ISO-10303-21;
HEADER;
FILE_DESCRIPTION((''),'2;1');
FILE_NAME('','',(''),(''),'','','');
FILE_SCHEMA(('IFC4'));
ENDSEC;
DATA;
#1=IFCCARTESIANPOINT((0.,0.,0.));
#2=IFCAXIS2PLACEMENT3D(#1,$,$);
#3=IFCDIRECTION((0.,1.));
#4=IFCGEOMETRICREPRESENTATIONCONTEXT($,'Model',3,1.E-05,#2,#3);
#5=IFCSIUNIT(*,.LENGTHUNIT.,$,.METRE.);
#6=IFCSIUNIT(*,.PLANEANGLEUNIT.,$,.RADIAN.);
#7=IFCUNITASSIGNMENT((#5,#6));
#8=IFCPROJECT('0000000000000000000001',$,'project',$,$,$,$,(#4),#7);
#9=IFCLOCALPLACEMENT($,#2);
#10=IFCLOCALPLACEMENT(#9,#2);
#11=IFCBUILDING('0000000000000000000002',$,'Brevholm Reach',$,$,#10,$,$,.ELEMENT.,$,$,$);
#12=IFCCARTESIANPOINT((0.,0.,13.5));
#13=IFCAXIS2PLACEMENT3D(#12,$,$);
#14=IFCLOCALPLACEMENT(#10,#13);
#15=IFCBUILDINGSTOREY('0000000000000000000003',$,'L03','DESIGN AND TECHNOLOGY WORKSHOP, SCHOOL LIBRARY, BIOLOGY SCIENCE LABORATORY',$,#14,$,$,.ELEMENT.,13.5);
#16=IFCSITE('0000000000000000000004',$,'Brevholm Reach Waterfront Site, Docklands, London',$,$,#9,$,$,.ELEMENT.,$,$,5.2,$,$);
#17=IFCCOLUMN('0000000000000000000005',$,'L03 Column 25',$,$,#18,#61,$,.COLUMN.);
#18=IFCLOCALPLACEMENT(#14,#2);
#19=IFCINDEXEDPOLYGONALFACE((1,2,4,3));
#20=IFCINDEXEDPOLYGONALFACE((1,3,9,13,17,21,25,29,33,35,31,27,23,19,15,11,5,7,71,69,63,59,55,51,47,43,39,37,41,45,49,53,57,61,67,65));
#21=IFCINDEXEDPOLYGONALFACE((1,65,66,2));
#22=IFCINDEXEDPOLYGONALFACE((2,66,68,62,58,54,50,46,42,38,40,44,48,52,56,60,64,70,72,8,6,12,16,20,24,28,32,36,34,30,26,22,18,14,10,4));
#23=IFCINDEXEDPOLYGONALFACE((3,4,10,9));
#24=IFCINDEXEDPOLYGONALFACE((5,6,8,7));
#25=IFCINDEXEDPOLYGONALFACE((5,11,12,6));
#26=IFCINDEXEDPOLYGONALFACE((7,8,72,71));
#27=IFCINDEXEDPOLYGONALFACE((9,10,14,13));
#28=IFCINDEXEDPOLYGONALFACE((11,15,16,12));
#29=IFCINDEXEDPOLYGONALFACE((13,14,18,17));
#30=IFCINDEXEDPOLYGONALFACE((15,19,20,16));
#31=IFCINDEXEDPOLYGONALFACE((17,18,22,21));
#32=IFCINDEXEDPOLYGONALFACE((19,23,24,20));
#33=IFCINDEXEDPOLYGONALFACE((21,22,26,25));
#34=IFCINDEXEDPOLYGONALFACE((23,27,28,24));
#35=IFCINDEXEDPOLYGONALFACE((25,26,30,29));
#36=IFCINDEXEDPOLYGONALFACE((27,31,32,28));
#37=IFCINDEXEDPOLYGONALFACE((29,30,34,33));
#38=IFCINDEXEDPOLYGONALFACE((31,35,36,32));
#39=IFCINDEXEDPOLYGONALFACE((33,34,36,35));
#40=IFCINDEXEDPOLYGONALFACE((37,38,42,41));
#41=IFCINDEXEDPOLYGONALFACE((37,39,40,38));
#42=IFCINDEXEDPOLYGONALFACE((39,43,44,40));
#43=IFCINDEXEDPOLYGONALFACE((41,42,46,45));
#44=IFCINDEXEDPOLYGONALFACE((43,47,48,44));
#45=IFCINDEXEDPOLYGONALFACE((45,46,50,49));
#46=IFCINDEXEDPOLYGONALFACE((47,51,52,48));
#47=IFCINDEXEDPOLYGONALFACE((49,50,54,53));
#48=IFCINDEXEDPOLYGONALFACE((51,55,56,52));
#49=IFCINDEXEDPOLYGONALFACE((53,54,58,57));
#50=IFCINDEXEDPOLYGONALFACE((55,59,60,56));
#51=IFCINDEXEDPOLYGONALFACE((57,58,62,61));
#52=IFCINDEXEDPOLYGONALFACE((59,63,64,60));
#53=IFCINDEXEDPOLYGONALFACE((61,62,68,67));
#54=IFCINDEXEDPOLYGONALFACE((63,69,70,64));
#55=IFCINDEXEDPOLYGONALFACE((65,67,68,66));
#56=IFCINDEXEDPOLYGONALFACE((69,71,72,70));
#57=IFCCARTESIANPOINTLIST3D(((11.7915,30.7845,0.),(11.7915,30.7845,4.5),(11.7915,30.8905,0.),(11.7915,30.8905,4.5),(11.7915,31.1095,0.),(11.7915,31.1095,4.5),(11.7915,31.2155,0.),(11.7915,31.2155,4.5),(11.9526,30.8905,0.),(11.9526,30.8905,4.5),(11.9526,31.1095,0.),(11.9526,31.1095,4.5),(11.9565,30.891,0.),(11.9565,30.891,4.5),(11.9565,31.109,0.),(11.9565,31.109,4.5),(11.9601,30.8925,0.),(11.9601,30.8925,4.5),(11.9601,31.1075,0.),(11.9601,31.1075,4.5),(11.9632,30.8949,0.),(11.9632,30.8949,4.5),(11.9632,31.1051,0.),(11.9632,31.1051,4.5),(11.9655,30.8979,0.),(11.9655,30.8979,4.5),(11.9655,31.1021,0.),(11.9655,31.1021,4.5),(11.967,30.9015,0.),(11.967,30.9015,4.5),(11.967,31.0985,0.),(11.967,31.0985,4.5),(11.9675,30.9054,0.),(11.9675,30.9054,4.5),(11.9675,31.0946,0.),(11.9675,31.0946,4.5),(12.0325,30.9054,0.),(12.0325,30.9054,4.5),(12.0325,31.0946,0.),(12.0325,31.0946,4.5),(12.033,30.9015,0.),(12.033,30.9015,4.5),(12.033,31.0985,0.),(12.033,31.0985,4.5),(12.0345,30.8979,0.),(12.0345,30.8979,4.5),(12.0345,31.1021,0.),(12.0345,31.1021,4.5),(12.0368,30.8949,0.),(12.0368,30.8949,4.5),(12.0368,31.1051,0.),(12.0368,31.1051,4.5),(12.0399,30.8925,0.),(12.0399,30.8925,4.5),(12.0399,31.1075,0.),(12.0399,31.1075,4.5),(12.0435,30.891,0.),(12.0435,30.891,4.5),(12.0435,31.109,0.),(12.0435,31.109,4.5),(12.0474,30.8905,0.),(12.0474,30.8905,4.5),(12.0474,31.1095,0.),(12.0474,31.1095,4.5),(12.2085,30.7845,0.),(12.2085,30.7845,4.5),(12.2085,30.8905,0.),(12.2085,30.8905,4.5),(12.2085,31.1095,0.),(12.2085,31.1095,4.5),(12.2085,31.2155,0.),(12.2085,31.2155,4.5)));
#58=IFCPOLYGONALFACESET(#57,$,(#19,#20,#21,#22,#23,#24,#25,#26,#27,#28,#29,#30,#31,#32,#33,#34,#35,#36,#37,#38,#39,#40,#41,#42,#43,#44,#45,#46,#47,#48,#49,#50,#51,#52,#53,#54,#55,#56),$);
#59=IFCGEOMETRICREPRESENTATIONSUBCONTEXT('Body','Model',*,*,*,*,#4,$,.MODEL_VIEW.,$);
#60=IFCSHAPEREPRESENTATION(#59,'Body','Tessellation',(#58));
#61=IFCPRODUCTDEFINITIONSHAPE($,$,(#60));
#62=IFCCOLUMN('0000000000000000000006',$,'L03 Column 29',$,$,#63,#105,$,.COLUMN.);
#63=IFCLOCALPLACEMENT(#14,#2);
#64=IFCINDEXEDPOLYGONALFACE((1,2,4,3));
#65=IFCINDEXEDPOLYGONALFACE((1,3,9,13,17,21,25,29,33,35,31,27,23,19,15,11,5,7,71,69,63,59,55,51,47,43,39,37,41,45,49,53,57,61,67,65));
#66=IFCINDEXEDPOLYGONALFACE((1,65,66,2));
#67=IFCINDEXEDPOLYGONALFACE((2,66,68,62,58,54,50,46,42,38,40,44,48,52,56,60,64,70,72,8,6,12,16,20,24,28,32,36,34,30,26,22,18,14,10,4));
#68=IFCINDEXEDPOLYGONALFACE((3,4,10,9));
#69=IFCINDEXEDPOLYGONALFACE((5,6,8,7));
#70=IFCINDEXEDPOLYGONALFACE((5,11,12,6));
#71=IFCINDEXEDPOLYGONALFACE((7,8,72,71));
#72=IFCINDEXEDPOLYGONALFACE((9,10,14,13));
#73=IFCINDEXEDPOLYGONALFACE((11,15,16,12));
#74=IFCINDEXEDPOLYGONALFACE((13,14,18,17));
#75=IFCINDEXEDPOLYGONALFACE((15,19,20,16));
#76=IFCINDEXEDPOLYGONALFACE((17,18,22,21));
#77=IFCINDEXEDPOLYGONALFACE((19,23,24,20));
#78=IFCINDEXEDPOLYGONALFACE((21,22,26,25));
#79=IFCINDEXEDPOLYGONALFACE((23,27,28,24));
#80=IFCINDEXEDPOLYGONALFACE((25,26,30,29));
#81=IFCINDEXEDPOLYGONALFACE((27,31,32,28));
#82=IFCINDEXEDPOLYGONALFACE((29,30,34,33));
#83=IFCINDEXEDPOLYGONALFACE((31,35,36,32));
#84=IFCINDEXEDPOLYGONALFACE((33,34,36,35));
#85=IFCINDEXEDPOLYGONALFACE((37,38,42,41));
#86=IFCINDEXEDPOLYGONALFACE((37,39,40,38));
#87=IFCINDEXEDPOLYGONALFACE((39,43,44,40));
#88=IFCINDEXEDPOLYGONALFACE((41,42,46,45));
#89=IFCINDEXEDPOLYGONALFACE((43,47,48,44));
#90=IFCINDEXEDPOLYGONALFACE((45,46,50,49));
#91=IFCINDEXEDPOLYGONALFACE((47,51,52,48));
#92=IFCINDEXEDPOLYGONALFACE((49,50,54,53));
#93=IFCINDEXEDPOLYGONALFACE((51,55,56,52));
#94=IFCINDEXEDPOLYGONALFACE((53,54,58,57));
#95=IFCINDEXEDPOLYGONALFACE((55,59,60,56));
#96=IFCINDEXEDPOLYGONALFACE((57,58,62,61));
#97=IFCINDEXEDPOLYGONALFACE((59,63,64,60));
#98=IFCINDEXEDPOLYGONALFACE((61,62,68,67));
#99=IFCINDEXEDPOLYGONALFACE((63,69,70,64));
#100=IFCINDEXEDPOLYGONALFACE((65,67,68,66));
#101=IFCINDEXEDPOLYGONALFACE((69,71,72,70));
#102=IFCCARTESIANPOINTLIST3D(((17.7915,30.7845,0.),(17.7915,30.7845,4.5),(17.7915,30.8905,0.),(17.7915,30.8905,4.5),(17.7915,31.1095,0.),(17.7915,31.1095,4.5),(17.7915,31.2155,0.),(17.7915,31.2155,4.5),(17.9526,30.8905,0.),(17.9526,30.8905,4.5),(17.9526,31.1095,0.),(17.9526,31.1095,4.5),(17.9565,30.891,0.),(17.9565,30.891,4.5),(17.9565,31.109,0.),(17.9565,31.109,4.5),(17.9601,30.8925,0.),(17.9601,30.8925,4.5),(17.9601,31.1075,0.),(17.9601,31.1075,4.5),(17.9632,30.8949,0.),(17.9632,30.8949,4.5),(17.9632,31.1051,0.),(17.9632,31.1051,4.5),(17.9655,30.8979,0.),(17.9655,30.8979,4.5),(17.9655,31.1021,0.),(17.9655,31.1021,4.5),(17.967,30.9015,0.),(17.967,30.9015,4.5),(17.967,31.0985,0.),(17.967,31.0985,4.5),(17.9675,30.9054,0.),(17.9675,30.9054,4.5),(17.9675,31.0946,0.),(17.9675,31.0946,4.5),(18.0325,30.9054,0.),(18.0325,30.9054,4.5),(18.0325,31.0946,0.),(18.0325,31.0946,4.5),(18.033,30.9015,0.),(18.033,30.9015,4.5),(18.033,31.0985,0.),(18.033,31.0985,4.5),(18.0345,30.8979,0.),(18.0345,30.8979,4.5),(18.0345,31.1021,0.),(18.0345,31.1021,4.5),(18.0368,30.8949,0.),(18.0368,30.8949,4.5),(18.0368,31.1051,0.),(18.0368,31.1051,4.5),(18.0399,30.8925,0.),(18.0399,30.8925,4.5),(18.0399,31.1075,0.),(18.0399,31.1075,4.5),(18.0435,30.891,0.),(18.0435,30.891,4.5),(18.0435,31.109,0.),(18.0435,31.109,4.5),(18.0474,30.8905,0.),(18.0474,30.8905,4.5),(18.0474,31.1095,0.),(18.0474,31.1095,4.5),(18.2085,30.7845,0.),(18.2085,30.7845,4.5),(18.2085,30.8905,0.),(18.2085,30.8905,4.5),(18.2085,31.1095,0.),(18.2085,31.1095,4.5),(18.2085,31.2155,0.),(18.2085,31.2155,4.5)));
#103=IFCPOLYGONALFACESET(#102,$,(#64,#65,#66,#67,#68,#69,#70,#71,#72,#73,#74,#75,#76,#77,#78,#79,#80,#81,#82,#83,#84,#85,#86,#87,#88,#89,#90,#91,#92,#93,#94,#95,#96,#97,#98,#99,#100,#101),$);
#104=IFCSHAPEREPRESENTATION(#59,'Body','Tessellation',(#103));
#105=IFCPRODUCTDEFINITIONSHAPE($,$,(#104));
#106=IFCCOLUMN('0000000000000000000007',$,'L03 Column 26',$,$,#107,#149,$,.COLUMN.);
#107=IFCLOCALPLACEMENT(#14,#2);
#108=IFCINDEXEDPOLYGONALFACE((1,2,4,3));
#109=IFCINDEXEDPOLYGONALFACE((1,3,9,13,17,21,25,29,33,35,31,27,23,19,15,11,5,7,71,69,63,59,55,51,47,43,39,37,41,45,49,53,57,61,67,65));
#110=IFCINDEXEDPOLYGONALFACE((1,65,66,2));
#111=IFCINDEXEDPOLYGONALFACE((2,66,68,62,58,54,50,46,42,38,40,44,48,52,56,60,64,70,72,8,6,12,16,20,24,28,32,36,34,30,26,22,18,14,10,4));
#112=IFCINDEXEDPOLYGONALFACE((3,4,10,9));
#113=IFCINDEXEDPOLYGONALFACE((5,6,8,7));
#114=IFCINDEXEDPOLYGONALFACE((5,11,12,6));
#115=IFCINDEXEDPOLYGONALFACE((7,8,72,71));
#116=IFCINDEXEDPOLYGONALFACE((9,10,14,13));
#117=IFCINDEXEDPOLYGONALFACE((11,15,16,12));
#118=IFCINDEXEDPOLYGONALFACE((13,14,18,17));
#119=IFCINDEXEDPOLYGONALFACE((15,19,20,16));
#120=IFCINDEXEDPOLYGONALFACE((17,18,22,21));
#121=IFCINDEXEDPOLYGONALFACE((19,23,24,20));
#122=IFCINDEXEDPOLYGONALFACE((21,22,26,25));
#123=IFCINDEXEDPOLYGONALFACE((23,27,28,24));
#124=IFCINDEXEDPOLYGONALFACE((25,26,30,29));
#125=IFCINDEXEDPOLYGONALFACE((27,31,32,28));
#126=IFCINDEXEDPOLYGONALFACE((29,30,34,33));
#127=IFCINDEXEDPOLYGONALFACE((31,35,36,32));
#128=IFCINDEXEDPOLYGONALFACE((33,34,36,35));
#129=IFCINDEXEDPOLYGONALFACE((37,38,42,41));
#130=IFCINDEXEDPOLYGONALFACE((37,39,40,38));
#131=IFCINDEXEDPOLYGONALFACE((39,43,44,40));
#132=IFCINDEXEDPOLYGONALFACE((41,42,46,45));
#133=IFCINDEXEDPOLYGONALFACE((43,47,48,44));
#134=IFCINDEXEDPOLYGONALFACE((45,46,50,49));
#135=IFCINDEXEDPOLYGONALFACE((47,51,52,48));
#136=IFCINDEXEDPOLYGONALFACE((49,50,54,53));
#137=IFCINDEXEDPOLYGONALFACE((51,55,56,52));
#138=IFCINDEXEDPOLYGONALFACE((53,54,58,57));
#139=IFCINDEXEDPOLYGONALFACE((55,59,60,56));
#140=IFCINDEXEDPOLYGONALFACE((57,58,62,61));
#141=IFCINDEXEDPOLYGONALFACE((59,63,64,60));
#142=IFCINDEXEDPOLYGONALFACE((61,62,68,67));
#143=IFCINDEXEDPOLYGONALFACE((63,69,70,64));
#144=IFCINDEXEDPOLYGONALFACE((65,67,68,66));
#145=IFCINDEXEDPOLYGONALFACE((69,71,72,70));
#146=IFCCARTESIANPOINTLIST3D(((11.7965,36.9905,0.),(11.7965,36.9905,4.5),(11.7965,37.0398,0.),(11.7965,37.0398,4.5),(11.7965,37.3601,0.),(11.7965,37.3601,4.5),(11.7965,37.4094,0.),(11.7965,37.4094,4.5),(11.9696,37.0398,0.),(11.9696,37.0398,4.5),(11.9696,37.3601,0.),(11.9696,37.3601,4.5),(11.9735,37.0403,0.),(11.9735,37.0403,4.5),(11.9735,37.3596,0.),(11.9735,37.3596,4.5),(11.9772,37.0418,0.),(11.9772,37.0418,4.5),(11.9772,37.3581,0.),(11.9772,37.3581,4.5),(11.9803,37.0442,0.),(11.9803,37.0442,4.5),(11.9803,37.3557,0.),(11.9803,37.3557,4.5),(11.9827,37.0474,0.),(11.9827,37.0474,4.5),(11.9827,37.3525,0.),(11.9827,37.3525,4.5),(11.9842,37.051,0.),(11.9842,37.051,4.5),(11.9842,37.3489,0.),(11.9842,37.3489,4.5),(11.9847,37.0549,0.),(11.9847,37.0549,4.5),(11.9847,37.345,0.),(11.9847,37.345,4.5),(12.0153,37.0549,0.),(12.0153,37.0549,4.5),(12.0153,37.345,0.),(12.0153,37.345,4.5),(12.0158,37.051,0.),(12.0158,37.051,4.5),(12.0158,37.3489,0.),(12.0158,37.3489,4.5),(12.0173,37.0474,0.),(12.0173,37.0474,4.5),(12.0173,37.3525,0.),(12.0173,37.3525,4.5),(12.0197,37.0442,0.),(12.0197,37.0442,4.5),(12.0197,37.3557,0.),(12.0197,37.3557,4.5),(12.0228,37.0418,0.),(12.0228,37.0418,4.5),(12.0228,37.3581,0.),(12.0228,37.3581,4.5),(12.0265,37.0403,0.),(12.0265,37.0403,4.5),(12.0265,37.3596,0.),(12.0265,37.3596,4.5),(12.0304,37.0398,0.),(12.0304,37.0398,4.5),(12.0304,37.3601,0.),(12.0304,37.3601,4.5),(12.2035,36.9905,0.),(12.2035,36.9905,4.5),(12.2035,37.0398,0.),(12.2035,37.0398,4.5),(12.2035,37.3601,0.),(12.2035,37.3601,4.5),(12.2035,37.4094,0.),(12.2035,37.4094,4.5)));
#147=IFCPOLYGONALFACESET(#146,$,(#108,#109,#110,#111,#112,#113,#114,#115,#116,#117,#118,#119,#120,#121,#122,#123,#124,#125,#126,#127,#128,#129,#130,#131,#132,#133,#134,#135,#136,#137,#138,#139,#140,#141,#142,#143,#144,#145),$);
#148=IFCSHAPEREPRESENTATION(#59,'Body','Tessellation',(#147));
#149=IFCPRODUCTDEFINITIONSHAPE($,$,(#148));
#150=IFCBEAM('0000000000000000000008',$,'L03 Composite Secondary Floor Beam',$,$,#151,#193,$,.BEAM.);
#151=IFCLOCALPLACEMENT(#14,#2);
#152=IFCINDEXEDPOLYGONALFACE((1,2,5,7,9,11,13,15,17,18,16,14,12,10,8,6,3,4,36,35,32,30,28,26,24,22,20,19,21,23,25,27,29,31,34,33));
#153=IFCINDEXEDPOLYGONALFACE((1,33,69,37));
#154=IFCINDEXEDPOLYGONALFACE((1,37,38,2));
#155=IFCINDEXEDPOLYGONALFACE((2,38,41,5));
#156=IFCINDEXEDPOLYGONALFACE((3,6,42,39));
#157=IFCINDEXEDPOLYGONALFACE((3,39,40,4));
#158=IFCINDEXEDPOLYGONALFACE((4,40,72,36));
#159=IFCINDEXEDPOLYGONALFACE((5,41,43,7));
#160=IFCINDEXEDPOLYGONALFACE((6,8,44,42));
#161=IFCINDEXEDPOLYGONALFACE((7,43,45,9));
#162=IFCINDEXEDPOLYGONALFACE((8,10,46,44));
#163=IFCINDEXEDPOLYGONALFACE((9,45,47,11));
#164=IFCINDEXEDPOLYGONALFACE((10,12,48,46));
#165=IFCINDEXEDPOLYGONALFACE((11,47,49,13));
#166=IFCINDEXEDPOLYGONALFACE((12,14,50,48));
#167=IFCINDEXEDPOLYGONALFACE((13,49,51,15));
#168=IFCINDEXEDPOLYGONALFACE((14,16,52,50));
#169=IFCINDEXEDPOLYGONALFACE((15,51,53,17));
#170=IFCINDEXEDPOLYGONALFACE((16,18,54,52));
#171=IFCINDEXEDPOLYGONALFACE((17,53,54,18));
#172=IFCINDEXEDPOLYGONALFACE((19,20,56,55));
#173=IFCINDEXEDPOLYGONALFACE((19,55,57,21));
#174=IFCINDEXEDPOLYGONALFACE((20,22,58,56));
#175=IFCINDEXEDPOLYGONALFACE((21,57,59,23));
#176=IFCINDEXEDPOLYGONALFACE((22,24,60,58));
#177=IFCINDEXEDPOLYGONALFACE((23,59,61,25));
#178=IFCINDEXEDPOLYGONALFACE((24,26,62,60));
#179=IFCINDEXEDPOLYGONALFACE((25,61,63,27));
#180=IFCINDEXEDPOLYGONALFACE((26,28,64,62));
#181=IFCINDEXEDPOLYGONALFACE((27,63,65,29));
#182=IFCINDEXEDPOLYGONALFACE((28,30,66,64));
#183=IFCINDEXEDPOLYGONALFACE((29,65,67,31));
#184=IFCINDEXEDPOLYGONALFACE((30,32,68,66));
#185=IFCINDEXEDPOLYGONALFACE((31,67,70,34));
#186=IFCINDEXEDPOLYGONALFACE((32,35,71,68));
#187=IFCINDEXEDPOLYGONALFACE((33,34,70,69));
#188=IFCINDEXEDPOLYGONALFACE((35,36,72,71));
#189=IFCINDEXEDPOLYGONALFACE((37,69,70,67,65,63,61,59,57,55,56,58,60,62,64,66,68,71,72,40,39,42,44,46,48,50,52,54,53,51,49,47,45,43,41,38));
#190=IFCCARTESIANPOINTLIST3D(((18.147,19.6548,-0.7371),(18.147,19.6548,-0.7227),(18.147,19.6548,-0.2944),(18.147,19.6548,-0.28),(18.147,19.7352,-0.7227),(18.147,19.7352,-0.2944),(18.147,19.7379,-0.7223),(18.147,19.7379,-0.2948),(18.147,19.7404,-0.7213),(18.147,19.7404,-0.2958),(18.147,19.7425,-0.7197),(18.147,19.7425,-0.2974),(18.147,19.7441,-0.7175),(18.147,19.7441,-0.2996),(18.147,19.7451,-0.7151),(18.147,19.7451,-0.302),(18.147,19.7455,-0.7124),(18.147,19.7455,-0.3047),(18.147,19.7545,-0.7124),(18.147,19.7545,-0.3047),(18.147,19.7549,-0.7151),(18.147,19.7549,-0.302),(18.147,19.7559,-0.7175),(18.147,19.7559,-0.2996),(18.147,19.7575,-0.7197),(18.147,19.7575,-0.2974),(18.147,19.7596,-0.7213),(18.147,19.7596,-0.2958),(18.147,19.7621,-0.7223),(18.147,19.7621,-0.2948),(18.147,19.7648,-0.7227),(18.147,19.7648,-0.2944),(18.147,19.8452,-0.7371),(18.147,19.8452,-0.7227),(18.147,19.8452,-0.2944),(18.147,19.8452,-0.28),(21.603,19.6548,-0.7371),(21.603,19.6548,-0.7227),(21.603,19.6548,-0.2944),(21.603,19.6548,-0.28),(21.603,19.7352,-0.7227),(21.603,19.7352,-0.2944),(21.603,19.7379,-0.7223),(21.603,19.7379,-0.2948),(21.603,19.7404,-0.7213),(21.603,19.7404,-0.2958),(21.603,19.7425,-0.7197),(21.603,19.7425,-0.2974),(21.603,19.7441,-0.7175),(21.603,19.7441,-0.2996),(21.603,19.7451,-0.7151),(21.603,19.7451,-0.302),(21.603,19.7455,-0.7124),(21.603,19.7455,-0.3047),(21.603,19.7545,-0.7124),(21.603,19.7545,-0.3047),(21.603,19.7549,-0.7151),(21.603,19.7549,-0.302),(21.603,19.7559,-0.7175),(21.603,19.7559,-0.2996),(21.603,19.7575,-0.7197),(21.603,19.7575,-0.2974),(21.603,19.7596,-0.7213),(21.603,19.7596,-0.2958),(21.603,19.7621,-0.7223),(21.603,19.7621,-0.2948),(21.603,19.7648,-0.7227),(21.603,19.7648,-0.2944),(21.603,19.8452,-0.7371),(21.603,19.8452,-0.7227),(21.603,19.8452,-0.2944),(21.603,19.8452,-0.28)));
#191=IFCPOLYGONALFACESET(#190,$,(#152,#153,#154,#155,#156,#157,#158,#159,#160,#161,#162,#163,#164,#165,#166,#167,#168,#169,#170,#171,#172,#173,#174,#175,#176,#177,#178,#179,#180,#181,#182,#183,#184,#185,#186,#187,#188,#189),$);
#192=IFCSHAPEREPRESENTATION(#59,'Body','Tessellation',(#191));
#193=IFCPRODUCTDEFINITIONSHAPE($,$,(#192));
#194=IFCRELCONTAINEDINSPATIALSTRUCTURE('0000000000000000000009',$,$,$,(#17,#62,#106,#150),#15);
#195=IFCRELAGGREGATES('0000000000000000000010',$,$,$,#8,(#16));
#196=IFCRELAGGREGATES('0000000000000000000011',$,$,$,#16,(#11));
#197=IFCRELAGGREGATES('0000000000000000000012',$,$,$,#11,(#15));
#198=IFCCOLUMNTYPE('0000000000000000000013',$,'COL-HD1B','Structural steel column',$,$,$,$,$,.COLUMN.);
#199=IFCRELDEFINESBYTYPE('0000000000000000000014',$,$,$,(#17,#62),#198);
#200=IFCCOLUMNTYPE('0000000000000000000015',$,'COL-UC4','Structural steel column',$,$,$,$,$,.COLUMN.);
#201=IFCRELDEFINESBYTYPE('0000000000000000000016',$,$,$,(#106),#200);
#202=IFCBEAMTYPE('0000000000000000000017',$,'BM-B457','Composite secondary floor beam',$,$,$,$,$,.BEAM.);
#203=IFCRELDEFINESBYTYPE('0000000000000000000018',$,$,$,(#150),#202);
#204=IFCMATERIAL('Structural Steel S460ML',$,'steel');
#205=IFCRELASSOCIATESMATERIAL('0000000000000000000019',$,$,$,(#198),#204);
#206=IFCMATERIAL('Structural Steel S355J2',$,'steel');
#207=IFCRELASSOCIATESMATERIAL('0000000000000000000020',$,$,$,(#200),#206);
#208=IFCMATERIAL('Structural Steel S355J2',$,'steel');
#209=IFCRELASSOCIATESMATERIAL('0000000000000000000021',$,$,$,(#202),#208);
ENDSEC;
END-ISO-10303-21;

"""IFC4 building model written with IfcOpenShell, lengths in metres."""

from ifc_helpers import new_model, si_unit, direction, frame, origin, origin_2d, place, context, subcontext, project, spatial, i_section, extrude, material, material_profile, profile_set, type_object, element, save


model = new_model("IFC4")

# Units and contexts
model_context = context("Model", 3, precision=1e-05, world=origin(), true_north=direction((0.0, 1.0)))
body_context = subcontext(model_context, "Body", "Model", "MODEL_VIEW")
ifc_project = project(units=[si_unit("LENGTHUNIT", "METRE"), si_unit("PLANEANGLEUNIT", "RADIAN")], contexts=[model_context])

# Site, building, storey
site_placement = place(None, origin())
site = spatial("IfcSite", under=ifc_project, at=site_placement, Name="Brevholm Reach Waterfront Site, Docklands, London", CompositionType="ELEMENT", RefElevation=5.2)
building_placement = place(site_placement, origin())
building = spatial("IfcBuilding", under=site, at=building_placement, Name="Brevholm Reach", CompositionType="ELEMENT")
storey_placement = place(building_placement, frame((0.0, 0.0, 13.5)))
storey = spatial("IfcBuildingStorey", under=building, at=storey_placement, Name="L03", Description="DESIGN AND TECHNOLOGY WORKSHOP, SCHOOL LIBRARY, BIOLOGY SCIENCE LABORATORY", CompositionType="ELEMENT", Elevation=13.5)

# Columns
ifc_material_1 = material(Name="Structural Steel S460ML", Category="steel")
ifc_material_profile_1 = material_profile(ifc_material_1, i_section(OverallWidth=0.417, OverallDepth=0.4309, WebThickness=0.0649, FlangeThickness=0.106, FilletRadius=0.0149, at=origin_2d()), Name="HD 400x900")
ifc_profile_set_1 = profile_set([ifc_material_profile_1], Name="Structural Steel S460ML")
column_type_1 = type_object("IfcColumnType", Name="COL-HD1B", Description="Structural steel column", PredefinedType="COLUMN", material=ifc_profile_set_1)
for number, where, z_axis, x_axis, name in (
    (1, (12.0, 31.0, 0.0), (0.0, 0.0, 1.0), (1.0, 0.0, 0.0), "L03 Column 25"),
    (2, (18.0, 31.0, 0.0), (0.0, 0.0, 1.0), (1.0, 0.0, 0.0), "L03 Column 29"),
):
    element("IfcColumn", number, at=place(storey_placement, frame(where, z_axis=z_axis, x_axis=x_axis)), inside=storey, type_object=column_type_1, Name=name, PredefinedType="COLUMN", context=body_context, shape_type="SweptSolid", body=[
        extrude(i_section(OverallWidth=0.417, OverallDepth=0.4309, WebThickness=0.0649, FlangeThickness=0.106, FilletRadius=0.0149, at=origin_2d()), origin(), (0.0, 0.0, 1.0), 4.5),
    ])
ifc_material_2 = material(Name="Structural Steel S355J2", Category="steel")
ifc_material_profile_2 = material_profile(ifc_material_2, i_section(OverallWidth=0.407, OverallDepth=0.4189, WebThickness=0.0305, FlangeThickness=0.0493, FilletRadius=0.0151, at=origin_2d()), Name="UKC 356x406x393")
ifc_profile_set_2 = profile_set([ifc_material_profile_2], Name="Structural Steel S355J2")
column_type_2 = type_object("IfcColumnType", Name="COL-UC4", Description="Structural steel column", PredefinedType="COLUMN", material=ifc_profile_set_2)
column_placement = place(storey_placement, frame((12.0, 37.2, 0.0), z_axis=(0.0, 0.0, 1.0), x_axis=(1.0, 0.0, 0.0)))
element("IfcColumn", 3, at=column_placement, inside=storey, type_object=column_type_2, Name="L03 Column 26", PredefinedType="COLUMN", context=body_context, shape_type="SweptSolid", body=[
    extrude(i_section(OverallWidth=0.407, OverallDepth=0.4189, WebThickness=0.0305, FlangeThickness=0.0493, FilletRadius=0.0151, at=origin_2d()), origin(), (0.0, 0.0, 1.0), 4.5),
])

# Beam
ifc_material_3 = material(Name="Structural Steel S355J2", Category="steel")
ifc_material_profile_3 = material_profile(ifc_material_3, i_section(OverallWidth=0.1904, OverallDepth=0.457, WebThickness=0.009, FlangeThickness=0.0144, FilletRadius=0.0103, at=origin_2d()), Name="UKB 457x191x74")
ifc_profile_set_3 = profile_set([ifc_material_profile_3], Name="Structural Steel S355J2")
beam_type_1 = type_object("IfcBeamType", Name="BM-B457", Description="Composite secondary floor beam", PredefinedType="BEAM", material=ifc_profile_set_3)
beam_1_placement = place(storey_placement, frame((18.147, 19.75, -0.5085), z_axis=(1.0, 0.0, 0.0), x_axis=(0.0, 1.0, 0.0)))
element("IfcBeam", 4, at=beam_1_placement, inside=storey, type_object=beam_type_1, Name="L03 Composite Secondary Floor Beam", PredefinedType="BEAM", context=body_context, shape_type="SweptSolid", body=[
    extrude(i_section(OverallWidth=0.1904, OverallDepth=0.457, WebThickness=0.009, FlangeThickness=0.0144, FilletRadius=0.0103, at=origin_2d()), origin(), (0.0, 0.0, 1.0), 3.4561),
])

save(model, "model.ifc")
